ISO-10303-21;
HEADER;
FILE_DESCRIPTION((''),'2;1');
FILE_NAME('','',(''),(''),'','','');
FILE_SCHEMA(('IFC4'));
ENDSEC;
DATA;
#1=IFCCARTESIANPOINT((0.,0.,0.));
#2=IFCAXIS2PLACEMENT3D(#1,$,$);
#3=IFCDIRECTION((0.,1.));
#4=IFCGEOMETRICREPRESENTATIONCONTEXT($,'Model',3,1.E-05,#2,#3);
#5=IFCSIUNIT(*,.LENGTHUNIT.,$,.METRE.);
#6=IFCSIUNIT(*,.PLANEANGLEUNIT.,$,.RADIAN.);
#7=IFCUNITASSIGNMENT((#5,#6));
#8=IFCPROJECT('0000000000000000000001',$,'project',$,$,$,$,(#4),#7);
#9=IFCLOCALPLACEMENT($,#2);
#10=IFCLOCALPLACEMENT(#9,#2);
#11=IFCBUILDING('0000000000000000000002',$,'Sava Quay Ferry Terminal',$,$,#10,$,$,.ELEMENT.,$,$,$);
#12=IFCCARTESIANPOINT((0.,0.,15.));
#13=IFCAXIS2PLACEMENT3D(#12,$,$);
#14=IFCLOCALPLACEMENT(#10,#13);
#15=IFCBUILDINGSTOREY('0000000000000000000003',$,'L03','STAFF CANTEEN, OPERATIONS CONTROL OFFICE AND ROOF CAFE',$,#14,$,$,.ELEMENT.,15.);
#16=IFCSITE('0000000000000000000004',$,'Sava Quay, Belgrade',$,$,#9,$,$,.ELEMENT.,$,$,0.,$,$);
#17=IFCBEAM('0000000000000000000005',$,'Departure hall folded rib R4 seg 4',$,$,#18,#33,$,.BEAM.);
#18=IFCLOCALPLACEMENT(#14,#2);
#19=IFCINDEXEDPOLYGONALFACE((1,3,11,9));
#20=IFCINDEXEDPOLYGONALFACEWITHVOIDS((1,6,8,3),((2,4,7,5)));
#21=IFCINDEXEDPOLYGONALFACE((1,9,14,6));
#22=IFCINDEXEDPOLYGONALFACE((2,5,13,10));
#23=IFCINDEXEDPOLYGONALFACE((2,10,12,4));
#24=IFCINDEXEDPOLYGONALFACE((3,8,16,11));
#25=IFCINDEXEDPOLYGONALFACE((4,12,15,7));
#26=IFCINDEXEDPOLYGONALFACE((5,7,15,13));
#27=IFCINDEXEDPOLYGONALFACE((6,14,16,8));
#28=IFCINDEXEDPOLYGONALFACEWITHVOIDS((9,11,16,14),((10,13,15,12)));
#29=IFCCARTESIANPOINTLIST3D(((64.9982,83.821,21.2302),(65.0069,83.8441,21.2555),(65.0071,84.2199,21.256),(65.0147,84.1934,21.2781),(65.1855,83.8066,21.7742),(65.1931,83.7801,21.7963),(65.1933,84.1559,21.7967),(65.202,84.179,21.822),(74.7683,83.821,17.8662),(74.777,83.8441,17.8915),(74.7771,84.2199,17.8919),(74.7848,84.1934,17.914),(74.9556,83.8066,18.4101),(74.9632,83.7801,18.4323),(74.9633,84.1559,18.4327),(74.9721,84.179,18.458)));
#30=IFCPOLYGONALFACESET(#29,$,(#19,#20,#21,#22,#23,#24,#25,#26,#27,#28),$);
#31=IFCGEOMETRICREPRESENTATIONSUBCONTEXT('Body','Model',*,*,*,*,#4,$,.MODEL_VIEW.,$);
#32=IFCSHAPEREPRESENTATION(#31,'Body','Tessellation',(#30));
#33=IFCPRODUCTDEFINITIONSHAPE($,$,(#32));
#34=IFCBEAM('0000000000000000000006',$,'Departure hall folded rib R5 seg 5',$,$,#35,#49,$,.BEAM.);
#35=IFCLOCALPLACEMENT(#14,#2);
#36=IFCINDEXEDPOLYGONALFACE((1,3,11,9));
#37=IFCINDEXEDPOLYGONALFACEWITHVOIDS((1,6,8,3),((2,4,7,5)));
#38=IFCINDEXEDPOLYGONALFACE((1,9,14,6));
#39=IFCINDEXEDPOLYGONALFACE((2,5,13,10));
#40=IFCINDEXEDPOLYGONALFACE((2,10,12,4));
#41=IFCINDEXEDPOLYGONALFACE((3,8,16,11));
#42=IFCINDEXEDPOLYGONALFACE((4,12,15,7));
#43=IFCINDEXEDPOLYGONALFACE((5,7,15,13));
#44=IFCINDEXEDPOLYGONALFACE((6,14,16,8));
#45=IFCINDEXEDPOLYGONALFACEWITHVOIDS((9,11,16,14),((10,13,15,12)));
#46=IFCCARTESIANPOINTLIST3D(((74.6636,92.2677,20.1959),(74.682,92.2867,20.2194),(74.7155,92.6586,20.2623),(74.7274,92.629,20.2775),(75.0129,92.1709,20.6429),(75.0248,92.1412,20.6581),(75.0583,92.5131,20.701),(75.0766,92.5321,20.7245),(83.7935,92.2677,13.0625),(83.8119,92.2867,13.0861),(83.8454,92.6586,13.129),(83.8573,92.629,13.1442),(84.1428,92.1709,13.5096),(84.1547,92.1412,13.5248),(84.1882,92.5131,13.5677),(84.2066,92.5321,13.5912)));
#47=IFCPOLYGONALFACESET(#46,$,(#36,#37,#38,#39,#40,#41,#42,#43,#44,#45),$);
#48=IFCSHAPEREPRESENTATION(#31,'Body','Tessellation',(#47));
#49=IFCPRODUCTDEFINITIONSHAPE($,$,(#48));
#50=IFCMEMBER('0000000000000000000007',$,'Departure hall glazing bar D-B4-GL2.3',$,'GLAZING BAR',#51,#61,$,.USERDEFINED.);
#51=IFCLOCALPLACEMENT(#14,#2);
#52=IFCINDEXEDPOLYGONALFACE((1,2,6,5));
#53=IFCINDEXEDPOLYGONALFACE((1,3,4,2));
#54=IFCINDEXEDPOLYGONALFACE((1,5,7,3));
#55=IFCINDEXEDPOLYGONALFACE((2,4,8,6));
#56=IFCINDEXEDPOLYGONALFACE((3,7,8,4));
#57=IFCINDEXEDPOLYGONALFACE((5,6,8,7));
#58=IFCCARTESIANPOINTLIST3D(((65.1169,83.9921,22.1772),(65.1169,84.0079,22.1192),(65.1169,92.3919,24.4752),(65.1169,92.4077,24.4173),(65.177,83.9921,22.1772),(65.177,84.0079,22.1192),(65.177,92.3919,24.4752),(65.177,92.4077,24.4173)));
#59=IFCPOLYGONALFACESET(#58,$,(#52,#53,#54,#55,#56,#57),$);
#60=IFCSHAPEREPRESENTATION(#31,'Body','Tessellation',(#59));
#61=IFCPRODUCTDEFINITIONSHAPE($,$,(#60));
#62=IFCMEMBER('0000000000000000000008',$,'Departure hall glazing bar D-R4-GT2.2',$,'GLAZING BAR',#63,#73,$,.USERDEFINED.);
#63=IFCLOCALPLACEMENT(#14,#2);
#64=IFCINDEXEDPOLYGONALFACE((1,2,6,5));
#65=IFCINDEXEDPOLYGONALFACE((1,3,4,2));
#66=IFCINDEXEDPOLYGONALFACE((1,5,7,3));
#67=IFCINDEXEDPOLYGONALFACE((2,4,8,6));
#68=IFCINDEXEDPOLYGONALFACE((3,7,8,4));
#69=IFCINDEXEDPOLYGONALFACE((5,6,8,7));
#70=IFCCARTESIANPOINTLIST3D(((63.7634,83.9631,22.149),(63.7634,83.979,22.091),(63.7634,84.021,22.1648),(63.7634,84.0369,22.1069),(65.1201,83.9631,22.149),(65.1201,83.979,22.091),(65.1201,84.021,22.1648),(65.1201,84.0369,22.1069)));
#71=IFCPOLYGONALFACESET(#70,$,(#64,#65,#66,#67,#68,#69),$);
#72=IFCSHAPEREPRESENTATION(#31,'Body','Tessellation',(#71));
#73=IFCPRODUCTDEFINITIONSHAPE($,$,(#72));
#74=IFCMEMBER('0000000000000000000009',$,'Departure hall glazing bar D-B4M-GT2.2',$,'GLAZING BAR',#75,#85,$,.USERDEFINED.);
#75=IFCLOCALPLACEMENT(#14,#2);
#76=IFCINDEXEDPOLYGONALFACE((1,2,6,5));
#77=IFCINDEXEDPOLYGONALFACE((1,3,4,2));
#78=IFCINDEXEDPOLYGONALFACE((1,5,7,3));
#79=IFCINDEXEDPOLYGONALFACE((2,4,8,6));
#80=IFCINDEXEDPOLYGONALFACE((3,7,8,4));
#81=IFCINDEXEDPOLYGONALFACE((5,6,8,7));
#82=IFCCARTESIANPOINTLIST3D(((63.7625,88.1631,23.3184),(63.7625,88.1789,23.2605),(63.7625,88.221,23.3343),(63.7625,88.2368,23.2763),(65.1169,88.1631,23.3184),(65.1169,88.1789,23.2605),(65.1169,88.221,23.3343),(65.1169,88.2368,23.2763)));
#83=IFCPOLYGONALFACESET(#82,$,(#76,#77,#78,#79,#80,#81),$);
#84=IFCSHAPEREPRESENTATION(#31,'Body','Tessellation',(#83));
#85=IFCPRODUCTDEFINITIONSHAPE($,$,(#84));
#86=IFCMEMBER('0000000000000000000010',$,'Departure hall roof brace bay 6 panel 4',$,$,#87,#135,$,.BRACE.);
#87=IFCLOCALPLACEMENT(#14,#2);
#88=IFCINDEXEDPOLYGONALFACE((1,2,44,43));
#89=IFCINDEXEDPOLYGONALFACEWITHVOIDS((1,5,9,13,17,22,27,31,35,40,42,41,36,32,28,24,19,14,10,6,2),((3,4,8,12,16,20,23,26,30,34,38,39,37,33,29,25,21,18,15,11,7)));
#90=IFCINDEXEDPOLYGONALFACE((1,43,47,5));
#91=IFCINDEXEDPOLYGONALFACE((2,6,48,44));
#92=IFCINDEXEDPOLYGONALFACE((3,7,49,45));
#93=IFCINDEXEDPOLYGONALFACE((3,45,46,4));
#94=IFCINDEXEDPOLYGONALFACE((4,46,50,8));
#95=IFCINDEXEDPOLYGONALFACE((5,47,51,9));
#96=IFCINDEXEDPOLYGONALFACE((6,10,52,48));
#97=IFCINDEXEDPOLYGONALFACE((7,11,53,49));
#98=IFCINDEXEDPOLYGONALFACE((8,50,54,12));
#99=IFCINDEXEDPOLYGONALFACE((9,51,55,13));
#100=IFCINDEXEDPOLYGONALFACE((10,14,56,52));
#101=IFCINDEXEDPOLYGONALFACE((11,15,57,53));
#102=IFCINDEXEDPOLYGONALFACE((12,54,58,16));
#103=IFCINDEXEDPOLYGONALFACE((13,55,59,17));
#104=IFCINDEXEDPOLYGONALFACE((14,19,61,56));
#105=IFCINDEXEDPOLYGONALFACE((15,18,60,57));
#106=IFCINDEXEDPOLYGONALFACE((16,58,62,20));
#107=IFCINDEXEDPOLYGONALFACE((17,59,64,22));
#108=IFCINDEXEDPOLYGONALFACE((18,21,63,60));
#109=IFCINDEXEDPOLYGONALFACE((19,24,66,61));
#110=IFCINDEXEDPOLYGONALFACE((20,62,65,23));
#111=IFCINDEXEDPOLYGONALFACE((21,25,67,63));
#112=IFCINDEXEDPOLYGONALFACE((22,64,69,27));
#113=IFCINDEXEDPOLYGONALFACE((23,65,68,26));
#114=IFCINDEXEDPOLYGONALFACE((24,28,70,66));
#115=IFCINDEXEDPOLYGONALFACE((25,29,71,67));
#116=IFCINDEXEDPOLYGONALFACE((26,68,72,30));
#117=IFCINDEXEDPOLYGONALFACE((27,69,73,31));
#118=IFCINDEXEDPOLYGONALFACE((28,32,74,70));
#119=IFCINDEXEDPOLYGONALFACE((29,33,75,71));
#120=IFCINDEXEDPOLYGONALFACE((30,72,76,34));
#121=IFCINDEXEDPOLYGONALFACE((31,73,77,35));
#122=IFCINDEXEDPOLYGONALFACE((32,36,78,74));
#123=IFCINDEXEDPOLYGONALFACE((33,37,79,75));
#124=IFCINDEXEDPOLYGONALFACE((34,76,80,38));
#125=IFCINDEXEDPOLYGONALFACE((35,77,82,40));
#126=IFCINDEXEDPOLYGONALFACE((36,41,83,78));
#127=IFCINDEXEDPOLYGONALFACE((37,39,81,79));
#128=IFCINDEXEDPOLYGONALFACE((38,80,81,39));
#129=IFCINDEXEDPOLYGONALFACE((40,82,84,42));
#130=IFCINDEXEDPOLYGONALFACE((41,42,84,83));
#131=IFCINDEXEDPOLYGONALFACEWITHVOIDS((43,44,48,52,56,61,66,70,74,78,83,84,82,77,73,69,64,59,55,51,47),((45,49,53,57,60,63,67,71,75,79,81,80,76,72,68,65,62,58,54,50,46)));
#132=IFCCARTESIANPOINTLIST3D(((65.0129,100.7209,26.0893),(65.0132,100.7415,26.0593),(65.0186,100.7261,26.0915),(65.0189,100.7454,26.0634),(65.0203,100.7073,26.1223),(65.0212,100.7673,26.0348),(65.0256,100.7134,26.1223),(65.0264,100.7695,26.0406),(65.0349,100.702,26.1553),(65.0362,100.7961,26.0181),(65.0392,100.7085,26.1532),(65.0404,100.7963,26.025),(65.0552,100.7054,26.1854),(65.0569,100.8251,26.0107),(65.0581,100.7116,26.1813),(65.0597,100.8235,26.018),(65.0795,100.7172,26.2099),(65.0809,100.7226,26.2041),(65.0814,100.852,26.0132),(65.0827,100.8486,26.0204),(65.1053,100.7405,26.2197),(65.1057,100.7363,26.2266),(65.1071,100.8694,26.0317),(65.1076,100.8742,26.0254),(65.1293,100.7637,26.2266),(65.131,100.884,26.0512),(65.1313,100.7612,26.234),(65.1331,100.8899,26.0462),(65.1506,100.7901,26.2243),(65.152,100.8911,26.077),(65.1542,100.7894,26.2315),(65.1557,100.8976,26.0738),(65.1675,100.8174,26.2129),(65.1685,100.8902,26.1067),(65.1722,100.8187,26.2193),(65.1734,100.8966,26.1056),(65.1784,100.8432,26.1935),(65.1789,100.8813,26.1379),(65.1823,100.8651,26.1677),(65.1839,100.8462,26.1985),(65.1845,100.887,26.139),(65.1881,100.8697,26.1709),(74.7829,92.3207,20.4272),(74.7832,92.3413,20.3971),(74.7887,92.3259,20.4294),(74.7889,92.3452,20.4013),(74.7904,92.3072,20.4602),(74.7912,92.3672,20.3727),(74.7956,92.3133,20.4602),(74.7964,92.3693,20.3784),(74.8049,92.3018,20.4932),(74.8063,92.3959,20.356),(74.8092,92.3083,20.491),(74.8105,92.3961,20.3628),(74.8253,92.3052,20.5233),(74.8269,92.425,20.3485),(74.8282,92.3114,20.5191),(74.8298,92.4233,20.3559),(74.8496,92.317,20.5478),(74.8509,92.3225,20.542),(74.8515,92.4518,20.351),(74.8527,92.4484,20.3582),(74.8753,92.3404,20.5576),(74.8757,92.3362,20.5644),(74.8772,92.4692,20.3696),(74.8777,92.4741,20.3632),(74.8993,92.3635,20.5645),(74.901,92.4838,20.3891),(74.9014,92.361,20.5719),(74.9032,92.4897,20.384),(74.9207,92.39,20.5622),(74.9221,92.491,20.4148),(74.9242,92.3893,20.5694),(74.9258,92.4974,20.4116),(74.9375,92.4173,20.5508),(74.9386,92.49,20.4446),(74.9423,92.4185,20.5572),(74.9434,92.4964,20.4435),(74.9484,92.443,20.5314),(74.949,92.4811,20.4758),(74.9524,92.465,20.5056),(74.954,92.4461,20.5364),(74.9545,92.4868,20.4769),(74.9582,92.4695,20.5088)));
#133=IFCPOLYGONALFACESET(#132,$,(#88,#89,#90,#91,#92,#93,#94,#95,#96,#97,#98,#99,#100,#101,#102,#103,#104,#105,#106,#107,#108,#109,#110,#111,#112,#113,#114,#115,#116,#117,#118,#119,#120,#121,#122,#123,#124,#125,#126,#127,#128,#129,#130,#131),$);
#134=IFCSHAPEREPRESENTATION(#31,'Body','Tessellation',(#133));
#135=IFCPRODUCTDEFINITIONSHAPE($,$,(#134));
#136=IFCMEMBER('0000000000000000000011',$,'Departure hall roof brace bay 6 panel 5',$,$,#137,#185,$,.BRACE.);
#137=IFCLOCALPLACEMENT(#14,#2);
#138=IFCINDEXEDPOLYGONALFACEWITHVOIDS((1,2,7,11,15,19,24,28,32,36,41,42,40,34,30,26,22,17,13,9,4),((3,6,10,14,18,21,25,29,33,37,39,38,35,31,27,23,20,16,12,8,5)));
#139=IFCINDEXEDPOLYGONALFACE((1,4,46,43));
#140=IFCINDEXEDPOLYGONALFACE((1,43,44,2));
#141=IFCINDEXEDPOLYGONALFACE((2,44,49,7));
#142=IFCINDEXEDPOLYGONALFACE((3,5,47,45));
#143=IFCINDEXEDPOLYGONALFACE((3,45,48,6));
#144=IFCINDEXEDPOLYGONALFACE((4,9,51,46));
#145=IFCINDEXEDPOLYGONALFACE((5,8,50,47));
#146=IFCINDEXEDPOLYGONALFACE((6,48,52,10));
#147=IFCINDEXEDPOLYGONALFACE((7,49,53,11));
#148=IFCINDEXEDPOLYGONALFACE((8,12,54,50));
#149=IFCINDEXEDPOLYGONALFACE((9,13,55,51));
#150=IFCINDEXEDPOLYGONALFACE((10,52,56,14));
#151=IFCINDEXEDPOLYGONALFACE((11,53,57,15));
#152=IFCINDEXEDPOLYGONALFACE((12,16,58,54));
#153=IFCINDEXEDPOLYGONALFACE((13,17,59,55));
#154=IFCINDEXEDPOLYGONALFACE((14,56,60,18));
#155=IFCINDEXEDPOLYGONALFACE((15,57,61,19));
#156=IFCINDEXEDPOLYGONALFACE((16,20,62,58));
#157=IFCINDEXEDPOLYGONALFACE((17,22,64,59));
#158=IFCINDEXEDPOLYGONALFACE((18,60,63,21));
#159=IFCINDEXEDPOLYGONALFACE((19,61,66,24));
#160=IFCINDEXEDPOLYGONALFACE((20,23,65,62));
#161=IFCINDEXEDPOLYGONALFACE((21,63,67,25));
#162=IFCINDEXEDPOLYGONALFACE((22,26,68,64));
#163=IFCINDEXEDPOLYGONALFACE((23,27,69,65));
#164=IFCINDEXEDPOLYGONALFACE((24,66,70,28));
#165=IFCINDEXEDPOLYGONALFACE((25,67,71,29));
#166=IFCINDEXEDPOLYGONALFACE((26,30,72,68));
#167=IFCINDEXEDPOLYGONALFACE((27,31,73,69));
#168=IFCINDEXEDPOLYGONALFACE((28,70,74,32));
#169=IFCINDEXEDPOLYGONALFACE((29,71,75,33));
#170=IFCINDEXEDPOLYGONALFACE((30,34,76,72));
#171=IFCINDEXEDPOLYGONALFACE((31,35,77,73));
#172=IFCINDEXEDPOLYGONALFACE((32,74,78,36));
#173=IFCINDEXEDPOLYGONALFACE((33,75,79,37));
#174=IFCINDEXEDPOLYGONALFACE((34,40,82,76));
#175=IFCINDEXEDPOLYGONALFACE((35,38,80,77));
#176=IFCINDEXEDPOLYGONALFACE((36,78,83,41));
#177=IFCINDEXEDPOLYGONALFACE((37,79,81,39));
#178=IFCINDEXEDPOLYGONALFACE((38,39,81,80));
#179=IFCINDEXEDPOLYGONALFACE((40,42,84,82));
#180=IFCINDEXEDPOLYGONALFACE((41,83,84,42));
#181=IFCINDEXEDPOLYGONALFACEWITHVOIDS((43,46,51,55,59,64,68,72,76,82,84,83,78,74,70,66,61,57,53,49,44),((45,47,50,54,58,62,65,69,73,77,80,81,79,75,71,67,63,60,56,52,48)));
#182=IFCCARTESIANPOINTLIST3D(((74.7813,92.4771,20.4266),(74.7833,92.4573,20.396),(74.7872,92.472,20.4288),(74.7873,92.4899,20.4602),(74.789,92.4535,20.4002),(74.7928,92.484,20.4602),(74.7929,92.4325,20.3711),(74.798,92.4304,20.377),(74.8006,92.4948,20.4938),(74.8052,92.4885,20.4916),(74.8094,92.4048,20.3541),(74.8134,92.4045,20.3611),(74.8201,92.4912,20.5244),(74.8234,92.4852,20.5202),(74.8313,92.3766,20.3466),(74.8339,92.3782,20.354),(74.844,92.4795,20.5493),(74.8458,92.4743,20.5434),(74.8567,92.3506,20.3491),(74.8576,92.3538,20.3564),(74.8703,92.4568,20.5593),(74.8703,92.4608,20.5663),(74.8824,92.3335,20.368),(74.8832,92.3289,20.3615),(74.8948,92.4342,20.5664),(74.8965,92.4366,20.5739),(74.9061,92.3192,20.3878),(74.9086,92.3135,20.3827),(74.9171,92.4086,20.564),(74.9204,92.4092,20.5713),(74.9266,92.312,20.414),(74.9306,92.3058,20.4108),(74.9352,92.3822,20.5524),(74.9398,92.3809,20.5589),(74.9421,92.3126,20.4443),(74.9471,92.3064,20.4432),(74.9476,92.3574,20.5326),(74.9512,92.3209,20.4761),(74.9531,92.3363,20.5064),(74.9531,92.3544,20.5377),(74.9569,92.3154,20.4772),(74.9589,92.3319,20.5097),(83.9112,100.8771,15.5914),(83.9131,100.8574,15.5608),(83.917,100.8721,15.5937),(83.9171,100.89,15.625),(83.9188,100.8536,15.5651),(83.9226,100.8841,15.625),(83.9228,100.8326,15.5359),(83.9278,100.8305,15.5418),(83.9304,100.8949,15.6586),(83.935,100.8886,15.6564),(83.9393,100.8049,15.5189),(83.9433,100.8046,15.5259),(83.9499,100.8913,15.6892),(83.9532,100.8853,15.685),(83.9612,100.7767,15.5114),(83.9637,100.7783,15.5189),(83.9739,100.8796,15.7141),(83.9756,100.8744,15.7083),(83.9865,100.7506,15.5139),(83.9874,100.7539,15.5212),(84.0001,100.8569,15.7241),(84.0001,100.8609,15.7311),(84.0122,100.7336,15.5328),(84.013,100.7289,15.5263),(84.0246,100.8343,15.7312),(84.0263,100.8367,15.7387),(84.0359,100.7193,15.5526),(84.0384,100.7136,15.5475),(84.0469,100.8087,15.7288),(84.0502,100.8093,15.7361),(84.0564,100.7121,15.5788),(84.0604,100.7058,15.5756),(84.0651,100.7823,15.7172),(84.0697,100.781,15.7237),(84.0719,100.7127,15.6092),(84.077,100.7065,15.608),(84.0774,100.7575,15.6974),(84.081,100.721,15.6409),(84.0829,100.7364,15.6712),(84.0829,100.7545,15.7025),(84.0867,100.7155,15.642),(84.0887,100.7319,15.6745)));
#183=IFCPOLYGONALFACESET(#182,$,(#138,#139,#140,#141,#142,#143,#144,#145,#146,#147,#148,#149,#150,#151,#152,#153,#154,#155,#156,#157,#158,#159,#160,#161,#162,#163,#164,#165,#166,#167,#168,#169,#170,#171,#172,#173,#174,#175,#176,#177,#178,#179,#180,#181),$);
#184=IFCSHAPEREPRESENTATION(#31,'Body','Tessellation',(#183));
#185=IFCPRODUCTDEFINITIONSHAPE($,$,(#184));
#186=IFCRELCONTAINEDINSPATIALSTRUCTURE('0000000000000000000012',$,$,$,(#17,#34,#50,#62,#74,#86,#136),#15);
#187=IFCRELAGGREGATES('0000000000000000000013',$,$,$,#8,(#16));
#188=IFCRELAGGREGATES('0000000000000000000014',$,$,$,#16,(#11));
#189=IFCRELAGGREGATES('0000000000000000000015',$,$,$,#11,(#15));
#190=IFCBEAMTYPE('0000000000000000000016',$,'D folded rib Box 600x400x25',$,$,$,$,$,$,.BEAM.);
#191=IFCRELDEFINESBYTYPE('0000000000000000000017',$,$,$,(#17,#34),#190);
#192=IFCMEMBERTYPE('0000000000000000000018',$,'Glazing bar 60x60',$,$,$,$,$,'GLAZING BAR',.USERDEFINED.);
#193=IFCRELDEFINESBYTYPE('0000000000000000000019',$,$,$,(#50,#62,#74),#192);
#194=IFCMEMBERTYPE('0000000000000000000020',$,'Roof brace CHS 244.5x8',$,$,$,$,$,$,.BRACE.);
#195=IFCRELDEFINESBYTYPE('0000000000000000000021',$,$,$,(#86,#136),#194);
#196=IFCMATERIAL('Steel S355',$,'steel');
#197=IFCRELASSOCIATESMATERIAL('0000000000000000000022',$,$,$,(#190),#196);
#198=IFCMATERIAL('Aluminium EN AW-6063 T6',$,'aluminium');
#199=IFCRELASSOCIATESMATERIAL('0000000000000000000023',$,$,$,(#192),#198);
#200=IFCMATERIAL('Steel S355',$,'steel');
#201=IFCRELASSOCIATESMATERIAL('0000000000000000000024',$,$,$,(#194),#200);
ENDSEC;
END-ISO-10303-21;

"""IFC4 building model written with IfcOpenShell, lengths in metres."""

from ifc_helpers import new_model, si_unit, direction, frame, origin, origin_2d, place, context, subcontext, project, spatial, polyline, rectangle, hollow_circle, outline, extrude, material, material_profile, profile_set, type_object, element, save


model = new_model("IFC4")

# Units and contexts
model_context = context("Model", 3, precision=1e-05, world=origin(), true_north=direction((0.0, 1.0)))
body_context = subcontext(model_context, "Body", "Model", "MODEL_VIEW")
ifc_project = project(units=[si_unit("LENGTHUNIT", "METRE"), si_unit("PLANEANGLEUNIT", "RADIAN")], contexts=[model_context])

# Site, building, storey
site_placement = place(None, origin())
site = spatial("IfcSite", under=ifc_project, at=site_placement, Name="Sava Quay, Belgrade", CompositionType="ELEMENT", RefElevation=0.0)
building_placement = place(site_placement, origin())
building = spatial("IfcBuilding", under=site, at=building_placement, Name="Sava Quay Ferry Terminal", CompositionType="ELEMENT")
storey_placement = place(building_placement, frame((0.0, 0.0, 15.0)))
storey = spatial("IfcBuildingStorey", under=building, at=storey_placement, Name="L03", Description="STAFF CANTEEN, OPERATIONS CONTROL OFFICE AND ROOF CAFE", CompositionType="ELEMENT", Elevation=15.0)

# Beams
ifc_material_1 = material(Name="Steel S355", Category="steel")
ifc_material_profile_1 = material_profile(ifc_material_1, outline(polyline([(-0.2, -0.3), (0.2, -0.3), (0.2, 0.3), (-0.2, 0.3), (-0.2, -0.3)]), holes=[polyline([(-0.175, -0.2749), (-0.175, 0.2749), (0.175, 0.2749), (0.175, -0.2749), (-0.175, -0.2749)])]), Name="Box 600x400x25 built-up")
ifc_profile_set_1 = profile_set([ifc_material_profile_1], Name="Steel S355")
beam_type = type_object("IfcBeamType", Name="D folded rib Box 600x400x25", PredefinedType="BEAM", material=ifc_profile_set_1)
beam_1_placement = place(storey_placement, frame((65.1001, 84.0, 21.5261), z_axis=(0.945521, 0.0, -0.325562), x_axis=(0.02218, 0.997677, 0.064417)))
element("IfcBeam", 1, at=beam_1_placement, inside=storey, type_object=beam_type, Name="Departure hall folded rib R4 seg 4", PredefinedType="BEAM", context=body_context, shape_type="SweptSolid", body=[
    extrude(outline(polyline([(-0.2, -0.3), (0.2, -0.3), (0.2, 0.3), (-0.2, 0.3), (-0.2, -0.3)]), holes=[polyline([(-0.175, -0.2749), (-0.175, 0.2749), (0.175, 0.2749), (0.175, -0.2749), (-0.175, -0.2749)])]), origin(), (0.0, 0.0, 1.0), 10.333),
])
beam_2_placement = place(storey_placement, frame((74.8701, 92.3999, 20.4602), z_axis=(0.788, 0.0, -0.615675), x_axis=(0.129745, 0.977543, 0.16606)))
element("IfcBeam", 2, at=beam_2_placement, inside=storey, type_object=beam_type, Name="Departure hall folded rib R5 seg 5", PredefinedType="BEAM", context=body_context, shape_type="SweptSolid", body=[
    extrude(outline(polyline([(-0.2, -0.3), (0.2, -0.3), (0.2, 0.3), (-0.2, 0.3), (-0.2, -0.3)]), holes=[polyline([(-0.175, -0.2749), (-0.175, 0.2749), (0.175, 0.2749), (0.175, -0.2749), (-0.175, -0.2749)])]), origin(), (0.0, 0.0, 1.0), 11.5862),
])

# Members
ifc_material_2 = material(Name="Aluminium EN AW-6063 T6", Category="aluminium")
ifc_material_profile_2 = material_profile(ifc_material_2, rectangle(XDim=0.0601, YDim=0.0601, at=origin_2d()), Name="Bar 60 x 60")
ifc_profile_set_2 = profile_set([ifc_material_profile_2], Name="Aluminium EN AW-6063 T6")
member_type_1 = type_object("IfcMemberType", Name="Glazing bar 60x60", ElementType="GLAZING BAR", PredefinedType="USERDEFINED", material=ifc_profile_set_2)
member_1_placement = place(storey_placement, frame((65.147, 84.0, 22.1482), z_axis=(0.0, 0.964553, 0.263888), x_axis=(-1.0, 0.0, 0.0)))
element("IfcMember", 3, at=member_1_placement, inside=storey, type_object=member_type_1, Name="Departure hall glazing bar D-B4-GL2.3", ObjectType="GLAZING BAR", PredefinedType="USERDEFINED", context=body_context, shape_type="SweptSolid", body=[
    extrude(rectangle(XDim=0.0601, YDim=0.0601, at=origin_2d()), origin(), (0.0, 0.0, 1.0), 8.7085),
])
member_2_placement = place(storey_placement, frame((63.7634, 84.0, 22.1279), z_axis=(1.0, 0.0, 0.0), x_axis=(0.0, 0.964557, 0.263875)))
element("IfcMember", 4, at=member_2_placement, inside=storey, type_object=member_type_1, Name="Departure hall glazing bar D-R4-GT2.2", ObjectType="GLAZING BAR", PredefinedType="USERDEFINED", context=body_context, shape_type="SweptSolid", body=[
    extrude(rectangle(XDim=0.0601, YDim=0.0601, at=origin_2d()), origin(), (0.0, 0.0, 1.0), 1.3567),
])
member_3_placement = place(storey_placement, frame((63.7625, 88.2, 23.2974), z_axis=(1.0, 0.0, 0.0), x_axis=(0.0, 0.964557, 0.263875)))
element("IfcMember", 5, at=member_3_placement, inside=storey, type_object=member_type_1, Name="Departure hall glazing bar D-B4M-GT2.2", ObjectType="GLAZING BAR", PredefinedType="USERDEFINED", context=body_context, shape_type="SweptSolid", body=[
    extrude(rectangle(XDim=0.0601, YDim=0.0601, at=origin_2d()), origin(), (0.0, 0.0, 1.0), 1.3545),
])
ifc_material_3 = material(Name="Steel S355", Category="steel")
ifc_material_profile_3 = material_profile(ifc_material_3, hollow_circle(Radius=0.1223, WallThickness=0.0081, at=origin_2d()), Name="CHS 244.5 x 8.0")
ifc_profile_set_3 = profile_set([ifc_material_profile_3], Name="Steel S355")
member_type_2 = type_object("IfcMemberType", Name="Roof brace CHS 244.5x8", PredefinedType="BRACE", material=ifc_profile_set_3)
member_4_placement = place(storey_placement, frame((74.8701, 92.3999, 20.4602), z_axis=(-0.694193, 0.596859, 0.402312), x_axis=(-0.651947, -0.758265, 0.0)))
element("IfcMember", 6, at=member_4_placement, inside=storey, type_object=member_type_2, Name="Departure hall roof brace bay 6 panel 4", PredefinedType="BRACE", context=body_context, shape_type="SweptSolid", body=[
    extrude(hollow_circle(Radius=0.1223, WallThickness=0.0081, at=origin_2d()), origin(), (0.0, 0.0, 1.0), 14.074),
])
member_5_placement = place(storey_placement, frame((74.8701, 92.3999, 20.4602), z_axis=(0.68567, 0.630866, -0.363132), x_axis=(-0.677085, 0.735905, 0.0)))
element("IfcMember", 7, at=member_5_placement, inside=storey, type_object=member_type_2, Name="Departure hall roof brace bay 6 panel 5", PredefinedType="BRACE", context=body_context, shape_type="SweptSolid", body=[
    extrude(hollow_circle(Radius=0.1223, WallThickness=0.0081, at=origin_2d()), origin(), (0.0, 0.0, 1.0), 13.3152),
])

save(model, "model.ifc")
